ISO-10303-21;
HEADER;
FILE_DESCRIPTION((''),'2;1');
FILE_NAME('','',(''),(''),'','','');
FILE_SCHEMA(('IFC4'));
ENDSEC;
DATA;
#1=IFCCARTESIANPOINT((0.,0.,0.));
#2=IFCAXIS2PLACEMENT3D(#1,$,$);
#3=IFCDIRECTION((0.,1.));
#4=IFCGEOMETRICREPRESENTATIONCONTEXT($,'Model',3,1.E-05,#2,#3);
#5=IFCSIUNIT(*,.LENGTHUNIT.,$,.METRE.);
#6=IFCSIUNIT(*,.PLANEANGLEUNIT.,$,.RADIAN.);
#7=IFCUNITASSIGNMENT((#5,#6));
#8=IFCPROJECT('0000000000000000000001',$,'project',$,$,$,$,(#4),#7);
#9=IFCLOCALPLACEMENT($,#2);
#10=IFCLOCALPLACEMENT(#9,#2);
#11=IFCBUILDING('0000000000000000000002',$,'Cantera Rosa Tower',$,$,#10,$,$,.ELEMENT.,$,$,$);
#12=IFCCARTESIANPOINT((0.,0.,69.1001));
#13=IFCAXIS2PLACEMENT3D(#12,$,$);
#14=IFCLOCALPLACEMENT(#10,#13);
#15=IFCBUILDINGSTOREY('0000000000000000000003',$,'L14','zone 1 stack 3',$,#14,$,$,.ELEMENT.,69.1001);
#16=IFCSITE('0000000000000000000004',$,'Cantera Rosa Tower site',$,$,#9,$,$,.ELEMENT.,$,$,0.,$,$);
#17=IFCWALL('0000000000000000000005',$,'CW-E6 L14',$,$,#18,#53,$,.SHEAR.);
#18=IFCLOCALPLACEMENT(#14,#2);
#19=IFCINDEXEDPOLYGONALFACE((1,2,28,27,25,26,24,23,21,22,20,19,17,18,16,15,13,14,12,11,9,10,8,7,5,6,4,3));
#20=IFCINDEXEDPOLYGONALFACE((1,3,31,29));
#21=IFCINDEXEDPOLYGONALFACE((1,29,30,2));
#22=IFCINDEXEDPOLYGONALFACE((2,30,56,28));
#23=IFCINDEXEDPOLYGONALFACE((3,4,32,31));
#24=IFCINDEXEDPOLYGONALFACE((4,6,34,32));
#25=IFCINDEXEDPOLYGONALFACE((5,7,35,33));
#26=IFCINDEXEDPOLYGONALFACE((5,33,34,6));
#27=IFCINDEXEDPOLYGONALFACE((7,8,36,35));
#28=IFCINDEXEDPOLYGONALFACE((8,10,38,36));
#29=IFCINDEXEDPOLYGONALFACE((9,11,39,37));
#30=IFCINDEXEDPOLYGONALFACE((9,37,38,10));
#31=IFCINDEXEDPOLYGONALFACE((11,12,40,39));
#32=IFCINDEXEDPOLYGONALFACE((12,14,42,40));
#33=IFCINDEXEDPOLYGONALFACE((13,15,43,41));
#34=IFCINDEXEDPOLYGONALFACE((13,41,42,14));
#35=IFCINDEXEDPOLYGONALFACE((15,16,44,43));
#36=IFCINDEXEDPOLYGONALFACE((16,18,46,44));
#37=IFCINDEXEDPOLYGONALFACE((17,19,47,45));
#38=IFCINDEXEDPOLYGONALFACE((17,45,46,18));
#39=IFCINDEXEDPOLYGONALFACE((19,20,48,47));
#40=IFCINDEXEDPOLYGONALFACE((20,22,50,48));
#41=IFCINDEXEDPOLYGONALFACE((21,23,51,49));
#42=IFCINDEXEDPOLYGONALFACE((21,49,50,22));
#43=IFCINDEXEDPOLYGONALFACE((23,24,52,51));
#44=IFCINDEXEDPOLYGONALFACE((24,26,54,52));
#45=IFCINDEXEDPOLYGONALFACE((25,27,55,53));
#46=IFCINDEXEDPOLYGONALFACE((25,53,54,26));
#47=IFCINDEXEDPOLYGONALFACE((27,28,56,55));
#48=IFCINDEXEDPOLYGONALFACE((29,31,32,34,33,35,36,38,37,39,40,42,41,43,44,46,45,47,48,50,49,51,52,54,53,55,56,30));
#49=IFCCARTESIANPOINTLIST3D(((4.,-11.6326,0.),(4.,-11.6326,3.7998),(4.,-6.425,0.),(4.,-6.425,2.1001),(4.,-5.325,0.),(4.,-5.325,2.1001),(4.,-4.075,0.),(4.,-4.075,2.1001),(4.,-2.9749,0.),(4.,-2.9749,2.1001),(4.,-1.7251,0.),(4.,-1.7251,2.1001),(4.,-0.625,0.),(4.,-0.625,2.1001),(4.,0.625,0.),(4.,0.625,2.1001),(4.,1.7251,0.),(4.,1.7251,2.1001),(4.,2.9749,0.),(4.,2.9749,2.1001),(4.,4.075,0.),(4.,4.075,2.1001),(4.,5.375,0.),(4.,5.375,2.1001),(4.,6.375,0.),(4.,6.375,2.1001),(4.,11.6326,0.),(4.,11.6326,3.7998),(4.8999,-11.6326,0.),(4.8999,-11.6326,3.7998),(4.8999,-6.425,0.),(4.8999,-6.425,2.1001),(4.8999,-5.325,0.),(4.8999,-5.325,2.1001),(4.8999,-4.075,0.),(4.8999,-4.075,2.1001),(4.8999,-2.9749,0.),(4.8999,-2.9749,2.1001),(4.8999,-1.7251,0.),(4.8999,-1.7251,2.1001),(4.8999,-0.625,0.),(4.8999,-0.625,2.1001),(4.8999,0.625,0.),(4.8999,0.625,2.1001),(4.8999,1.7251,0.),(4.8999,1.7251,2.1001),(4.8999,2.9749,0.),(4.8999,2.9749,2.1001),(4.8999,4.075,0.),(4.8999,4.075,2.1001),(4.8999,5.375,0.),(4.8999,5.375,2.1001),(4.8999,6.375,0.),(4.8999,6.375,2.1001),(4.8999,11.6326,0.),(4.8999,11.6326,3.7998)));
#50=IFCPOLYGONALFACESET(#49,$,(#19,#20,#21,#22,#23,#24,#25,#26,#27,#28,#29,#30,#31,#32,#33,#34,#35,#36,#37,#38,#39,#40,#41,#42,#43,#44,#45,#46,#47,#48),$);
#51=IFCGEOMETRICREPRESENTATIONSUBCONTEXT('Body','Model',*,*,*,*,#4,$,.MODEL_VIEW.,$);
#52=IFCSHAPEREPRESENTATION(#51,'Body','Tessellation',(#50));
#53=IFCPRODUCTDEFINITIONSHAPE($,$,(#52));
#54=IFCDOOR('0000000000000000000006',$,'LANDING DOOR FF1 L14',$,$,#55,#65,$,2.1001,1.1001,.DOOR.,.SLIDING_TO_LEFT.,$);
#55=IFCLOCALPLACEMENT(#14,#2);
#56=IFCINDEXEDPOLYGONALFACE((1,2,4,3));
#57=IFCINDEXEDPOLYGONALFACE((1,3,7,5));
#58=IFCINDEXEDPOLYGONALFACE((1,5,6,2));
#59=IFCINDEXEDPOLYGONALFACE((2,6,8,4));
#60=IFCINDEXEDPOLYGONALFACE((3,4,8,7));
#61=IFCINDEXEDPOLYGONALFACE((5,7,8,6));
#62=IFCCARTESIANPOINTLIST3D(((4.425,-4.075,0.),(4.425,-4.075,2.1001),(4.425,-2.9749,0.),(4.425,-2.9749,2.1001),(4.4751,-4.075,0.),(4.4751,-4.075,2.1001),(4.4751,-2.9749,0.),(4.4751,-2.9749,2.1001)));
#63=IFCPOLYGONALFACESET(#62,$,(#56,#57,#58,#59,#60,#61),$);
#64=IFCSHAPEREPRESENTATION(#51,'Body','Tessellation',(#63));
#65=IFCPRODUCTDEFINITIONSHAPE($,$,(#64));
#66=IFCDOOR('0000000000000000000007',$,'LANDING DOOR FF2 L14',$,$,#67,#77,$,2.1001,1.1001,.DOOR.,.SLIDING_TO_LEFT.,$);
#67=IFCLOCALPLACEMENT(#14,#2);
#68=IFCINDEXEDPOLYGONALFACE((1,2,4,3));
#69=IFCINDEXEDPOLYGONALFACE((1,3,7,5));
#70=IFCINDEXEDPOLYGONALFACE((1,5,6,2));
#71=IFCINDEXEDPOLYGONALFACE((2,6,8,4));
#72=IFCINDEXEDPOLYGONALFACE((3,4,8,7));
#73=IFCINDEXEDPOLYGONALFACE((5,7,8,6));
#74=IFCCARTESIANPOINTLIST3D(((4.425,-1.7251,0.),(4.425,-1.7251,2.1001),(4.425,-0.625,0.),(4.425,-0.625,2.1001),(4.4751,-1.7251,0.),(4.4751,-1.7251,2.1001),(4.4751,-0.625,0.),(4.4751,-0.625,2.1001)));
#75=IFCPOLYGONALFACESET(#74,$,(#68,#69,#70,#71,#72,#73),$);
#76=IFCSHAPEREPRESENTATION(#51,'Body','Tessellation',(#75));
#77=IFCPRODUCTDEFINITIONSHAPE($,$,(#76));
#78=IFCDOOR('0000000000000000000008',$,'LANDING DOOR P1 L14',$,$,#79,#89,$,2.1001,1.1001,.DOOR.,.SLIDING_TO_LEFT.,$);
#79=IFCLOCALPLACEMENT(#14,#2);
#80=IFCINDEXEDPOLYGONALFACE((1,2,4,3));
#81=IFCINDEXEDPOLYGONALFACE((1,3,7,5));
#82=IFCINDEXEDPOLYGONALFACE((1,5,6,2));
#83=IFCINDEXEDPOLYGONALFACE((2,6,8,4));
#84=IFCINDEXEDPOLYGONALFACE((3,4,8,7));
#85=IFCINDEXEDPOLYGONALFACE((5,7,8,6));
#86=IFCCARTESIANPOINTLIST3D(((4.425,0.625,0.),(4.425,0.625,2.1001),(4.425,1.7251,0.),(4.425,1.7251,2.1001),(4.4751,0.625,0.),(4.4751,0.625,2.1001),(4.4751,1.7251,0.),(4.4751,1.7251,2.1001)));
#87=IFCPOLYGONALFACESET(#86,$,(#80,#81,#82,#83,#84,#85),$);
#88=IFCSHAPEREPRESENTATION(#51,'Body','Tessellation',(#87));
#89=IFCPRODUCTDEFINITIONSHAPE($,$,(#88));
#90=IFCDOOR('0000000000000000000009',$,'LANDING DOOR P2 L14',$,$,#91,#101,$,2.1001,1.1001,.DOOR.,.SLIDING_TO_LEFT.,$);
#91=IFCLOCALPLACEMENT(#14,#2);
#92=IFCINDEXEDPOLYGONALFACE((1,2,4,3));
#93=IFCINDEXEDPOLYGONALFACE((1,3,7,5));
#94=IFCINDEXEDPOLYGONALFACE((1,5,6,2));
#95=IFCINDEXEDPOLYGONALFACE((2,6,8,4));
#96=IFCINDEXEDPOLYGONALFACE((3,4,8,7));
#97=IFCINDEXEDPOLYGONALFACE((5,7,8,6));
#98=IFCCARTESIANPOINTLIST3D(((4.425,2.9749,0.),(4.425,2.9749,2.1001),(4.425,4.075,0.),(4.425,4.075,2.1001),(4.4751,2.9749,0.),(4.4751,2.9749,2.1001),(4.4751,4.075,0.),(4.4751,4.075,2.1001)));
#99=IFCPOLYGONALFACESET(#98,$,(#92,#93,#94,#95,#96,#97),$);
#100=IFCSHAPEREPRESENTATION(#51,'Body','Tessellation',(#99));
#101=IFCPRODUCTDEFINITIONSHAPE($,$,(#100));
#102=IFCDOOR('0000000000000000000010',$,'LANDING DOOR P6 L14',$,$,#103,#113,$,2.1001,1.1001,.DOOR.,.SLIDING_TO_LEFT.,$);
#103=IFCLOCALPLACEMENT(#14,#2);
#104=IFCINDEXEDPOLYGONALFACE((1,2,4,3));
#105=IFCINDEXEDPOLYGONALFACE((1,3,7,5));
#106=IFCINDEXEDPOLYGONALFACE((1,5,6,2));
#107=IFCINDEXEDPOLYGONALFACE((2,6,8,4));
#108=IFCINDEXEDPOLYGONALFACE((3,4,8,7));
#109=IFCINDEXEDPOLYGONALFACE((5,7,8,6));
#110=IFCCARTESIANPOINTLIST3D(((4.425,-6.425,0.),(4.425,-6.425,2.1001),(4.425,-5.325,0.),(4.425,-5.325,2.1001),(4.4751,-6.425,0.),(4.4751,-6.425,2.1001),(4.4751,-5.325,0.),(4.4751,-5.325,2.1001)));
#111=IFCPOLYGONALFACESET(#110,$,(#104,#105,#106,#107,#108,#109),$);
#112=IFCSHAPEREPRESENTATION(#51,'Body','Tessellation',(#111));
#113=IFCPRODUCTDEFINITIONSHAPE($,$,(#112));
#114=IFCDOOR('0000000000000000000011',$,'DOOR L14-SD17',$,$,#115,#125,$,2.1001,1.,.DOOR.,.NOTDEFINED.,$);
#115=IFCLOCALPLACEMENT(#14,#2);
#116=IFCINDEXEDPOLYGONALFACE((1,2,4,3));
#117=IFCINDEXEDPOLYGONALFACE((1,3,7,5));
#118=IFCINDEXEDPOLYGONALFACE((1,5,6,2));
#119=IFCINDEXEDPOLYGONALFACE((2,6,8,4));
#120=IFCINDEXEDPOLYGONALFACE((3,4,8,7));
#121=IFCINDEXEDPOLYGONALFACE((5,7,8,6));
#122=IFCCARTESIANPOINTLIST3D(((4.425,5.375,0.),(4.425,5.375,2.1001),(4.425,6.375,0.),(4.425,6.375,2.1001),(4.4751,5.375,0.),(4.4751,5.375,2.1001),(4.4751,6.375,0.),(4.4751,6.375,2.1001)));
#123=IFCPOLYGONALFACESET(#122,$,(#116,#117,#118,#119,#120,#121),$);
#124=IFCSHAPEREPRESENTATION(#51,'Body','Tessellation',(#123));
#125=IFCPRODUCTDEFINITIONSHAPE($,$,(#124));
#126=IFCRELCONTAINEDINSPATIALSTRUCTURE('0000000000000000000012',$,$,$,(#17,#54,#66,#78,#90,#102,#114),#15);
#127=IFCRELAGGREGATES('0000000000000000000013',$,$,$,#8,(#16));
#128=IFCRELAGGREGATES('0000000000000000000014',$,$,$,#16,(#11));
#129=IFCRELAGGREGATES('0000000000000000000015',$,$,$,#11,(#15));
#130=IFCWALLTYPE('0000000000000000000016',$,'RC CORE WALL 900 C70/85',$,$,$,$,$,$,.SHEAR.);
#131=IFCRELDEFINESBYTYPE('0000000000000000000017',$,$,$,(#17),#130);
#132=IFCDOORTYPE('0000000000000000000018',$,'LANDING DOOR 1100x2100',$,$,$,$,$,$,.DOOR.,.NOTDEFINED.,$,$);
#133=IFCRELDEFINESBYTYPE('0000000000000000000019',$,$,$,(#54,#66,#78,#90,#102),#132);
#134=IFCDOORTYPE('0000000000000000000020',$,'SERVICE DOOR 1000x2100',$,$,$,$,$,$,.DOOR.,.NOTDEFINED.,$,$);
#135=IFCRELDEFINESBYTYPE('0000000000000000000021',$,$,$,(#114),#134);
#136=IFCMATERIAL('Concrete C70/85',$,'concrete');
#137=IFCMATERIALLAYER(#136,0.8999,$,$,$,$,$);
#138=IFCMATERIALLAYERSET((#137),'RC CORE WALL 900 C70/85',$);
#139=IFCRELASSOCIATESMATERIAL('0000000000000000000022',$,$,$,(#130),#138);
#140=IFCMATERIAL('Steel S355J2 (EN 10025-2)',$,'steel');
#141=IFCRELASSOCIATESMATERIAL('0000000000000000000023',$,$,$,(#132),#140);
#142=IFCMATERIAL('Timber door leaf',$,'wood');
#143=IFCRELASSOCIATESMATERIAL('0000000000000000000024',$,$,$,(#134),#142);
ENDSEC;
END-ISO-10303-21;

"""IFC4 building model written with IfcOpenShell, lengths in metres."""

from ifc_helpers import new_model, si_unit, direction, frame, frame_2d, origin, place, context, subcontext, project, spatial, rectangle, extrude, material, layer, layer_set, type_object, element, fill, save


model = new_model("IFC4")

# Units and contexts
model_context = context("Model", 3, precision=1e-05, world=origin(), true_north=direction((0.0, 1.0)))
body_context = subcontext(model_context, "Body", "Model", "MODEL_VIEW")
ifc_project = project(units=[si_unit("LENGTHUNIT", "METRE"), si_unit("PLANEANGLEUNIT", "RADIAN")], contexts=[model_context])

# Site, building, storey
site_placement = place(None, origin())
site = spatial("IfcSite", under=ifc_project, at=site_placement, Name="Cantera Rosa Tower site", CompositionType="ELEMENT", RefElevation=0.0)
building_placement = place(site_placement, origin())
building = spatial("IfcBuilding", under=site, at=building_placement, Name="Cantera Rosa Tower", CompositionType="ELEMENT")
storey_placement = place(building_placement, frame((0.0, 0.0, 69.1001)))
storey = spatial("IfcBuildingStorey", under=building, at=storey_placement, Name="L14", Description="zone 1 stack 3", CompositionType="ELEMENT", Elevation=69.1001)

# Wall, openings, doors
ifc_material_1 = material(Name="Concrete C70/85", Category="concrete")
ifc_layer_1 = layer(ifc_material_1, 0.8999)
ifc_layer_set_1 = layer_set([ifc_layer_1], Name="RC CORE WALL 900 C70/85")
wall_type_1 = type_object("IfcWallType", Name="RC CORE WALL 900 C70/85", PredefinedType="SHEAR", material=ifc_layer_set_1)
wall_1_placement = place(storey_placement, frame((4.45, -11.6326, 0.0), z_axis=(0.0, 0.0, 1.0), x_axis=(0.0, 1.0, 0.0)))
wall_1 = element("IfcWall", 1, at=wall_1_placement, inside=storey, type_object=wall_type_1, Name="CW-E6 L14", PredefinedType="SHEAR", context=body_context, shape_type="SweptSolid", body=[
    extrude(rectangle(XDim=23.2651, YDim=0.8999, at=frame_2d((11.6326, 0.0))), origin(), (0.0, 0.0, 1.0), 3.7998),
])
opening_1_placement = place(wall_1_placement, frame((7.5576, 0.0, 0.0)))
opening_1 = element("IfcOpeningElement", 2, at=opening_1_placement, cuts=wall_1, PredefinedType="OPENING", context=body_context, shape_type="SweptSolid", body=[
    extrude(rectangle(XDim=1.1001, YDim=2.1001, at=frame_2d((0.55, 1.05))), frame((0.0, 0.46, 0.0), z_axis=(0.0, -1.0, 0.0), x_axis=(1.0, 0.0, 0.0)), (0.0, 0.0, 1.0), 0.9199),
])
opening_2_placement = place(wall_1_placement, frame((9.9075, 0.0, 0.0)))
opening_2 = element("IfcOpeningElement", 3, at=opening_2_placement, cuts=wall_1, PredefinedType="OPENING", context=body_context, shape_type="SweptSolid", body=[
    extrude(rectangle(XDim=1.1001, YDim=2.1001, at=frame_2d((0.55, 1.05))), frame((0.0, 0.46, 0.0), z_axis=(0.0, -1.0, 0.0), x_axis=(1.0, 0.0, 0.0)), (0.0, 0.0, 1.0), 0.9199),
])
opening_3_placement = place(wall_1_placement, frame((12.2576, 0.0, 0.0)))
opening_3 = element("IfcOpeningElement", 4, at=opening_3_placement, cuts=wall_1, PredefinedType="OPENING", context=body_context, shape_type="SweptSolid", body=[
    extrude(rectangle(XDim=1.1001, YDim=2.1001, at=frame_2d((0.55, 1.05))), frame((0.0, 0.46, 0.0), z_axis=(0.0, -1.0, 0.0), x_axis=(1.0, 0.0, 0.0)), (0.0, 0.0, 1.0), 0.9199),
])
opening_4_placement = place(wall_1_placement, frame((14.6074, 0.0, 0.0)))
opening_4 = element("IfcOpeningElement", 5, at=opening_4_placement, cuts=wall_1, PredefinedType="OPENING", context=body_context, shape_type="SweptSolid", body=[
    extrude(rectangle(XDim=1.1001, YDim=2.1001, at=frame_2d((0.55, 1.05))), frame((0.0, 0.46, 0.0), z_axis=(0.0, -1.0, 0.0), x_axis=(1.0, 0.0, 0.0)), (0.0, 0.0, 1.0), 0.9199),
])
opening_5_placement = place(wall_1_placement, frame((5.2075, 0.0, 0.0)))
opening_5 = element("IfcOpeningElement", 6, at=opening_5_placement, cuts=wall_1, PredefinedType="OPENING", context=body_context, shape_type="SweptSolid", body=[
    extrude(rectangle(XDim=1.1001, YDim=2.1001, at=frame_2d((0.55, 1.05))), frame((0.0, 0.46, 0.0), z_axis=(0.0, -1.0, 0.0), x_axis=(1.0, 0.0, 0.0)), (0.0, 0.0, 1.0), 0.9199),
])
opening_6_placement = place(wall_1_placement, frame((17.0076, 0.0, 0.0)))
opening_6 = element("IfcOpeningElement", 7, at=opening_6_placement, cuts=wall_1, PredefinedType="OPENING", context=body_context, shape_type="SweptSolid", body=[
    extrude(rectangle(XDim=1.0, YDim=2.1001, at=frame_2d((0.5, 1.05))), frame((0.0, 0.46, 0.0), z_axis=(0.0, -1.0, 0.0), x_axis=(1.0, 0.0, 0.0)), (0.0, 0.0, 1.0), 0.9199),
])
ifc_material_2 = material(Name="Steel S355J2 (EN 10025-2)", Category="steel")
door_type_1 = type_object("IfcDoorType", Name="LANDING DOOR 1100x2100", OperationType="NOTDEFINED", PredefinedType="DOOR", material=ifc_material_2)
door_1_placement = place(opening_1_placement, origin())
door_1 = element("IfcDoor", 8, at=door_1_placement, inside=storey, type_object=door_type_1, Name="LANDING DOOR FF1 L14", OperationType="SLIDING_TO_LEFT", OverallHeight=2.1001, OverallWidth=1.1001, PredefinedType="DOOR", context=body_context, shape_type="SweptSolid", body=[
    extrude(rectangle(XDim=1.1001, YDim=2.1001, at=frame_2d((0.55, 1.05))), frame((0.0, 0.0249, 0.0), z_axis=(0.0, -1.0, 0.0), x_axis=(1.0, 0.0, 0.0)), (0.0, 0.0, 1.0), 0.05),
])
fill(opening_1, door_1)
door_2_placement = place(opening_2_placement, origin())
door_2 = element("IfcDoor", 9, at=door_2_placement, inside=storey, type_object=door_type_1, Name="LANDING DOOR FF2 L14", OperationType="SLIDING_TO_LEFT", OverallHeight=2.1001, OverallWidth=1.1001, PredefinedType="DOOR", context=body_context, shape_type="SweptSolid", body=[
    extrude(rectangle(XDim=1.1001, YDim=2.1001, at=frame_2d((0.55, 1.05))), frame((0.0, 0.0249, 0.0), z_axis=(0.0, -1.0, 0.0), x_axis=(1.0, 0.0, 0.0)), (0.0, 0.0, 1.0), 0.05),
])
fill(opening_2, door_2)
door_3_placement = place(opening_3_placement, origin())
door_3 = element("IfcDoor", 10, at=door_3_placement, inside=storey, type_object=door_type_1, Name="LANDING DOOR P1 L14", OperationType="SLIDING_TO_LEFT", OverallHeight=2.1001, OverallWidth=1.1001, PredefinedType="DOOR", context=body_context, shape_type="SweptSolid", body=[
    extrude(rectangle(XDim=1.1001, YDim=2.1001, at=frame_2d((0.55, 1.05))), frame((0.0, 0.0249, 0.0), z_axis=(0.0, -1.0, 0.0), x_axis=(1.0, 0.0, 0.0)), (0.0, 0.0, 1.0), 0.05),
])
fill(opening_3, door_3)
door_4_placement = place(opening_4_placement, origin())
door_4 = element("IfcDoor", 11, at=door_4_placement, inside=storey, type_object=door_type_1, Name="LANDING DOOR P2 L14", OperationType="SLIDING_TO_LEFT", OverallHeight=2.1001, OverallWidth=1.1001, PredefinedType="DOOR", context=body_context, shape_type="SweptSolid", body=[
    extrude(rectangle(XDim=1.1001, YDim=2.1001, at=frame_2d((0.55, 1.05))), frame((0.0, 0.0249, 0.0), z_axis=(0.0, -1.0, 0.0), x_axis=(1.0, 0.0, 0.0)), (0.0, 0.0, 1.0), 0.05),
])
fill(opening_4, door_4)
door_5_placement = place(opening_5_placement, origin())
door_5 = element("IfcDoor", 12, at=door_5_placement, inside=storey, type_object=door_type_1, Name="LANDING DOOR P6 L14", OperationType="SLIDING_TO_LEFT", OverallHeight=2.1001, OverallWidth=1.1001, PredefinedType="DOOR", context=body_context, shape_type="SweptSolid", body=[
    extrude(rectangle(XDim=1.1001, YDim=2.1001, at=frame_2d((0.55, 1.05))), frame((0.0, 0.0249, 0.0), z_axis=(0.0, -1.0, 0.0), x_axis=(1.0, 0.0, 0.0)), (0.0, 0.0, 1.0), 0.05),
])
fill(opening_5, door_5)
ifc_material_3 = material(Name="Timber door leaf", Category="wood")
door_type_2 = type_object("IfcDoorType", Name="SERVICE DOOR 1000x2100", OperationType="NOTDEFINED", PredefinedType="DOOR", material=ifc_material_3)
door_6_placement = place(opening_6_placement, origin())
door_6 = element("IfcDoor", 13, at=door_6_placement, inside=storey, type_object=door_type_2, Name="DOOR L14-SD17", OperationType="NOTDEFINED", OverallHeight=2.1001, OverallWidth=1.0, PredefinedType="DOOR", context=body_context, shape_type="SweptSolid", body=[
    extrude(rectangle(XDim=1.0, YDim=2.1001, at=frame_2d((0.5, 1.05))), frame((0.0, 0.0249, 0.0), z_axis=(0.0, -1.0, 0.0), x_axis=(1.0, 0.0, 0.0)), (0.0, 0.0, 1.0), 0.05),
])
fill(opening_6, door_6)

save(model, "model.ifc")
